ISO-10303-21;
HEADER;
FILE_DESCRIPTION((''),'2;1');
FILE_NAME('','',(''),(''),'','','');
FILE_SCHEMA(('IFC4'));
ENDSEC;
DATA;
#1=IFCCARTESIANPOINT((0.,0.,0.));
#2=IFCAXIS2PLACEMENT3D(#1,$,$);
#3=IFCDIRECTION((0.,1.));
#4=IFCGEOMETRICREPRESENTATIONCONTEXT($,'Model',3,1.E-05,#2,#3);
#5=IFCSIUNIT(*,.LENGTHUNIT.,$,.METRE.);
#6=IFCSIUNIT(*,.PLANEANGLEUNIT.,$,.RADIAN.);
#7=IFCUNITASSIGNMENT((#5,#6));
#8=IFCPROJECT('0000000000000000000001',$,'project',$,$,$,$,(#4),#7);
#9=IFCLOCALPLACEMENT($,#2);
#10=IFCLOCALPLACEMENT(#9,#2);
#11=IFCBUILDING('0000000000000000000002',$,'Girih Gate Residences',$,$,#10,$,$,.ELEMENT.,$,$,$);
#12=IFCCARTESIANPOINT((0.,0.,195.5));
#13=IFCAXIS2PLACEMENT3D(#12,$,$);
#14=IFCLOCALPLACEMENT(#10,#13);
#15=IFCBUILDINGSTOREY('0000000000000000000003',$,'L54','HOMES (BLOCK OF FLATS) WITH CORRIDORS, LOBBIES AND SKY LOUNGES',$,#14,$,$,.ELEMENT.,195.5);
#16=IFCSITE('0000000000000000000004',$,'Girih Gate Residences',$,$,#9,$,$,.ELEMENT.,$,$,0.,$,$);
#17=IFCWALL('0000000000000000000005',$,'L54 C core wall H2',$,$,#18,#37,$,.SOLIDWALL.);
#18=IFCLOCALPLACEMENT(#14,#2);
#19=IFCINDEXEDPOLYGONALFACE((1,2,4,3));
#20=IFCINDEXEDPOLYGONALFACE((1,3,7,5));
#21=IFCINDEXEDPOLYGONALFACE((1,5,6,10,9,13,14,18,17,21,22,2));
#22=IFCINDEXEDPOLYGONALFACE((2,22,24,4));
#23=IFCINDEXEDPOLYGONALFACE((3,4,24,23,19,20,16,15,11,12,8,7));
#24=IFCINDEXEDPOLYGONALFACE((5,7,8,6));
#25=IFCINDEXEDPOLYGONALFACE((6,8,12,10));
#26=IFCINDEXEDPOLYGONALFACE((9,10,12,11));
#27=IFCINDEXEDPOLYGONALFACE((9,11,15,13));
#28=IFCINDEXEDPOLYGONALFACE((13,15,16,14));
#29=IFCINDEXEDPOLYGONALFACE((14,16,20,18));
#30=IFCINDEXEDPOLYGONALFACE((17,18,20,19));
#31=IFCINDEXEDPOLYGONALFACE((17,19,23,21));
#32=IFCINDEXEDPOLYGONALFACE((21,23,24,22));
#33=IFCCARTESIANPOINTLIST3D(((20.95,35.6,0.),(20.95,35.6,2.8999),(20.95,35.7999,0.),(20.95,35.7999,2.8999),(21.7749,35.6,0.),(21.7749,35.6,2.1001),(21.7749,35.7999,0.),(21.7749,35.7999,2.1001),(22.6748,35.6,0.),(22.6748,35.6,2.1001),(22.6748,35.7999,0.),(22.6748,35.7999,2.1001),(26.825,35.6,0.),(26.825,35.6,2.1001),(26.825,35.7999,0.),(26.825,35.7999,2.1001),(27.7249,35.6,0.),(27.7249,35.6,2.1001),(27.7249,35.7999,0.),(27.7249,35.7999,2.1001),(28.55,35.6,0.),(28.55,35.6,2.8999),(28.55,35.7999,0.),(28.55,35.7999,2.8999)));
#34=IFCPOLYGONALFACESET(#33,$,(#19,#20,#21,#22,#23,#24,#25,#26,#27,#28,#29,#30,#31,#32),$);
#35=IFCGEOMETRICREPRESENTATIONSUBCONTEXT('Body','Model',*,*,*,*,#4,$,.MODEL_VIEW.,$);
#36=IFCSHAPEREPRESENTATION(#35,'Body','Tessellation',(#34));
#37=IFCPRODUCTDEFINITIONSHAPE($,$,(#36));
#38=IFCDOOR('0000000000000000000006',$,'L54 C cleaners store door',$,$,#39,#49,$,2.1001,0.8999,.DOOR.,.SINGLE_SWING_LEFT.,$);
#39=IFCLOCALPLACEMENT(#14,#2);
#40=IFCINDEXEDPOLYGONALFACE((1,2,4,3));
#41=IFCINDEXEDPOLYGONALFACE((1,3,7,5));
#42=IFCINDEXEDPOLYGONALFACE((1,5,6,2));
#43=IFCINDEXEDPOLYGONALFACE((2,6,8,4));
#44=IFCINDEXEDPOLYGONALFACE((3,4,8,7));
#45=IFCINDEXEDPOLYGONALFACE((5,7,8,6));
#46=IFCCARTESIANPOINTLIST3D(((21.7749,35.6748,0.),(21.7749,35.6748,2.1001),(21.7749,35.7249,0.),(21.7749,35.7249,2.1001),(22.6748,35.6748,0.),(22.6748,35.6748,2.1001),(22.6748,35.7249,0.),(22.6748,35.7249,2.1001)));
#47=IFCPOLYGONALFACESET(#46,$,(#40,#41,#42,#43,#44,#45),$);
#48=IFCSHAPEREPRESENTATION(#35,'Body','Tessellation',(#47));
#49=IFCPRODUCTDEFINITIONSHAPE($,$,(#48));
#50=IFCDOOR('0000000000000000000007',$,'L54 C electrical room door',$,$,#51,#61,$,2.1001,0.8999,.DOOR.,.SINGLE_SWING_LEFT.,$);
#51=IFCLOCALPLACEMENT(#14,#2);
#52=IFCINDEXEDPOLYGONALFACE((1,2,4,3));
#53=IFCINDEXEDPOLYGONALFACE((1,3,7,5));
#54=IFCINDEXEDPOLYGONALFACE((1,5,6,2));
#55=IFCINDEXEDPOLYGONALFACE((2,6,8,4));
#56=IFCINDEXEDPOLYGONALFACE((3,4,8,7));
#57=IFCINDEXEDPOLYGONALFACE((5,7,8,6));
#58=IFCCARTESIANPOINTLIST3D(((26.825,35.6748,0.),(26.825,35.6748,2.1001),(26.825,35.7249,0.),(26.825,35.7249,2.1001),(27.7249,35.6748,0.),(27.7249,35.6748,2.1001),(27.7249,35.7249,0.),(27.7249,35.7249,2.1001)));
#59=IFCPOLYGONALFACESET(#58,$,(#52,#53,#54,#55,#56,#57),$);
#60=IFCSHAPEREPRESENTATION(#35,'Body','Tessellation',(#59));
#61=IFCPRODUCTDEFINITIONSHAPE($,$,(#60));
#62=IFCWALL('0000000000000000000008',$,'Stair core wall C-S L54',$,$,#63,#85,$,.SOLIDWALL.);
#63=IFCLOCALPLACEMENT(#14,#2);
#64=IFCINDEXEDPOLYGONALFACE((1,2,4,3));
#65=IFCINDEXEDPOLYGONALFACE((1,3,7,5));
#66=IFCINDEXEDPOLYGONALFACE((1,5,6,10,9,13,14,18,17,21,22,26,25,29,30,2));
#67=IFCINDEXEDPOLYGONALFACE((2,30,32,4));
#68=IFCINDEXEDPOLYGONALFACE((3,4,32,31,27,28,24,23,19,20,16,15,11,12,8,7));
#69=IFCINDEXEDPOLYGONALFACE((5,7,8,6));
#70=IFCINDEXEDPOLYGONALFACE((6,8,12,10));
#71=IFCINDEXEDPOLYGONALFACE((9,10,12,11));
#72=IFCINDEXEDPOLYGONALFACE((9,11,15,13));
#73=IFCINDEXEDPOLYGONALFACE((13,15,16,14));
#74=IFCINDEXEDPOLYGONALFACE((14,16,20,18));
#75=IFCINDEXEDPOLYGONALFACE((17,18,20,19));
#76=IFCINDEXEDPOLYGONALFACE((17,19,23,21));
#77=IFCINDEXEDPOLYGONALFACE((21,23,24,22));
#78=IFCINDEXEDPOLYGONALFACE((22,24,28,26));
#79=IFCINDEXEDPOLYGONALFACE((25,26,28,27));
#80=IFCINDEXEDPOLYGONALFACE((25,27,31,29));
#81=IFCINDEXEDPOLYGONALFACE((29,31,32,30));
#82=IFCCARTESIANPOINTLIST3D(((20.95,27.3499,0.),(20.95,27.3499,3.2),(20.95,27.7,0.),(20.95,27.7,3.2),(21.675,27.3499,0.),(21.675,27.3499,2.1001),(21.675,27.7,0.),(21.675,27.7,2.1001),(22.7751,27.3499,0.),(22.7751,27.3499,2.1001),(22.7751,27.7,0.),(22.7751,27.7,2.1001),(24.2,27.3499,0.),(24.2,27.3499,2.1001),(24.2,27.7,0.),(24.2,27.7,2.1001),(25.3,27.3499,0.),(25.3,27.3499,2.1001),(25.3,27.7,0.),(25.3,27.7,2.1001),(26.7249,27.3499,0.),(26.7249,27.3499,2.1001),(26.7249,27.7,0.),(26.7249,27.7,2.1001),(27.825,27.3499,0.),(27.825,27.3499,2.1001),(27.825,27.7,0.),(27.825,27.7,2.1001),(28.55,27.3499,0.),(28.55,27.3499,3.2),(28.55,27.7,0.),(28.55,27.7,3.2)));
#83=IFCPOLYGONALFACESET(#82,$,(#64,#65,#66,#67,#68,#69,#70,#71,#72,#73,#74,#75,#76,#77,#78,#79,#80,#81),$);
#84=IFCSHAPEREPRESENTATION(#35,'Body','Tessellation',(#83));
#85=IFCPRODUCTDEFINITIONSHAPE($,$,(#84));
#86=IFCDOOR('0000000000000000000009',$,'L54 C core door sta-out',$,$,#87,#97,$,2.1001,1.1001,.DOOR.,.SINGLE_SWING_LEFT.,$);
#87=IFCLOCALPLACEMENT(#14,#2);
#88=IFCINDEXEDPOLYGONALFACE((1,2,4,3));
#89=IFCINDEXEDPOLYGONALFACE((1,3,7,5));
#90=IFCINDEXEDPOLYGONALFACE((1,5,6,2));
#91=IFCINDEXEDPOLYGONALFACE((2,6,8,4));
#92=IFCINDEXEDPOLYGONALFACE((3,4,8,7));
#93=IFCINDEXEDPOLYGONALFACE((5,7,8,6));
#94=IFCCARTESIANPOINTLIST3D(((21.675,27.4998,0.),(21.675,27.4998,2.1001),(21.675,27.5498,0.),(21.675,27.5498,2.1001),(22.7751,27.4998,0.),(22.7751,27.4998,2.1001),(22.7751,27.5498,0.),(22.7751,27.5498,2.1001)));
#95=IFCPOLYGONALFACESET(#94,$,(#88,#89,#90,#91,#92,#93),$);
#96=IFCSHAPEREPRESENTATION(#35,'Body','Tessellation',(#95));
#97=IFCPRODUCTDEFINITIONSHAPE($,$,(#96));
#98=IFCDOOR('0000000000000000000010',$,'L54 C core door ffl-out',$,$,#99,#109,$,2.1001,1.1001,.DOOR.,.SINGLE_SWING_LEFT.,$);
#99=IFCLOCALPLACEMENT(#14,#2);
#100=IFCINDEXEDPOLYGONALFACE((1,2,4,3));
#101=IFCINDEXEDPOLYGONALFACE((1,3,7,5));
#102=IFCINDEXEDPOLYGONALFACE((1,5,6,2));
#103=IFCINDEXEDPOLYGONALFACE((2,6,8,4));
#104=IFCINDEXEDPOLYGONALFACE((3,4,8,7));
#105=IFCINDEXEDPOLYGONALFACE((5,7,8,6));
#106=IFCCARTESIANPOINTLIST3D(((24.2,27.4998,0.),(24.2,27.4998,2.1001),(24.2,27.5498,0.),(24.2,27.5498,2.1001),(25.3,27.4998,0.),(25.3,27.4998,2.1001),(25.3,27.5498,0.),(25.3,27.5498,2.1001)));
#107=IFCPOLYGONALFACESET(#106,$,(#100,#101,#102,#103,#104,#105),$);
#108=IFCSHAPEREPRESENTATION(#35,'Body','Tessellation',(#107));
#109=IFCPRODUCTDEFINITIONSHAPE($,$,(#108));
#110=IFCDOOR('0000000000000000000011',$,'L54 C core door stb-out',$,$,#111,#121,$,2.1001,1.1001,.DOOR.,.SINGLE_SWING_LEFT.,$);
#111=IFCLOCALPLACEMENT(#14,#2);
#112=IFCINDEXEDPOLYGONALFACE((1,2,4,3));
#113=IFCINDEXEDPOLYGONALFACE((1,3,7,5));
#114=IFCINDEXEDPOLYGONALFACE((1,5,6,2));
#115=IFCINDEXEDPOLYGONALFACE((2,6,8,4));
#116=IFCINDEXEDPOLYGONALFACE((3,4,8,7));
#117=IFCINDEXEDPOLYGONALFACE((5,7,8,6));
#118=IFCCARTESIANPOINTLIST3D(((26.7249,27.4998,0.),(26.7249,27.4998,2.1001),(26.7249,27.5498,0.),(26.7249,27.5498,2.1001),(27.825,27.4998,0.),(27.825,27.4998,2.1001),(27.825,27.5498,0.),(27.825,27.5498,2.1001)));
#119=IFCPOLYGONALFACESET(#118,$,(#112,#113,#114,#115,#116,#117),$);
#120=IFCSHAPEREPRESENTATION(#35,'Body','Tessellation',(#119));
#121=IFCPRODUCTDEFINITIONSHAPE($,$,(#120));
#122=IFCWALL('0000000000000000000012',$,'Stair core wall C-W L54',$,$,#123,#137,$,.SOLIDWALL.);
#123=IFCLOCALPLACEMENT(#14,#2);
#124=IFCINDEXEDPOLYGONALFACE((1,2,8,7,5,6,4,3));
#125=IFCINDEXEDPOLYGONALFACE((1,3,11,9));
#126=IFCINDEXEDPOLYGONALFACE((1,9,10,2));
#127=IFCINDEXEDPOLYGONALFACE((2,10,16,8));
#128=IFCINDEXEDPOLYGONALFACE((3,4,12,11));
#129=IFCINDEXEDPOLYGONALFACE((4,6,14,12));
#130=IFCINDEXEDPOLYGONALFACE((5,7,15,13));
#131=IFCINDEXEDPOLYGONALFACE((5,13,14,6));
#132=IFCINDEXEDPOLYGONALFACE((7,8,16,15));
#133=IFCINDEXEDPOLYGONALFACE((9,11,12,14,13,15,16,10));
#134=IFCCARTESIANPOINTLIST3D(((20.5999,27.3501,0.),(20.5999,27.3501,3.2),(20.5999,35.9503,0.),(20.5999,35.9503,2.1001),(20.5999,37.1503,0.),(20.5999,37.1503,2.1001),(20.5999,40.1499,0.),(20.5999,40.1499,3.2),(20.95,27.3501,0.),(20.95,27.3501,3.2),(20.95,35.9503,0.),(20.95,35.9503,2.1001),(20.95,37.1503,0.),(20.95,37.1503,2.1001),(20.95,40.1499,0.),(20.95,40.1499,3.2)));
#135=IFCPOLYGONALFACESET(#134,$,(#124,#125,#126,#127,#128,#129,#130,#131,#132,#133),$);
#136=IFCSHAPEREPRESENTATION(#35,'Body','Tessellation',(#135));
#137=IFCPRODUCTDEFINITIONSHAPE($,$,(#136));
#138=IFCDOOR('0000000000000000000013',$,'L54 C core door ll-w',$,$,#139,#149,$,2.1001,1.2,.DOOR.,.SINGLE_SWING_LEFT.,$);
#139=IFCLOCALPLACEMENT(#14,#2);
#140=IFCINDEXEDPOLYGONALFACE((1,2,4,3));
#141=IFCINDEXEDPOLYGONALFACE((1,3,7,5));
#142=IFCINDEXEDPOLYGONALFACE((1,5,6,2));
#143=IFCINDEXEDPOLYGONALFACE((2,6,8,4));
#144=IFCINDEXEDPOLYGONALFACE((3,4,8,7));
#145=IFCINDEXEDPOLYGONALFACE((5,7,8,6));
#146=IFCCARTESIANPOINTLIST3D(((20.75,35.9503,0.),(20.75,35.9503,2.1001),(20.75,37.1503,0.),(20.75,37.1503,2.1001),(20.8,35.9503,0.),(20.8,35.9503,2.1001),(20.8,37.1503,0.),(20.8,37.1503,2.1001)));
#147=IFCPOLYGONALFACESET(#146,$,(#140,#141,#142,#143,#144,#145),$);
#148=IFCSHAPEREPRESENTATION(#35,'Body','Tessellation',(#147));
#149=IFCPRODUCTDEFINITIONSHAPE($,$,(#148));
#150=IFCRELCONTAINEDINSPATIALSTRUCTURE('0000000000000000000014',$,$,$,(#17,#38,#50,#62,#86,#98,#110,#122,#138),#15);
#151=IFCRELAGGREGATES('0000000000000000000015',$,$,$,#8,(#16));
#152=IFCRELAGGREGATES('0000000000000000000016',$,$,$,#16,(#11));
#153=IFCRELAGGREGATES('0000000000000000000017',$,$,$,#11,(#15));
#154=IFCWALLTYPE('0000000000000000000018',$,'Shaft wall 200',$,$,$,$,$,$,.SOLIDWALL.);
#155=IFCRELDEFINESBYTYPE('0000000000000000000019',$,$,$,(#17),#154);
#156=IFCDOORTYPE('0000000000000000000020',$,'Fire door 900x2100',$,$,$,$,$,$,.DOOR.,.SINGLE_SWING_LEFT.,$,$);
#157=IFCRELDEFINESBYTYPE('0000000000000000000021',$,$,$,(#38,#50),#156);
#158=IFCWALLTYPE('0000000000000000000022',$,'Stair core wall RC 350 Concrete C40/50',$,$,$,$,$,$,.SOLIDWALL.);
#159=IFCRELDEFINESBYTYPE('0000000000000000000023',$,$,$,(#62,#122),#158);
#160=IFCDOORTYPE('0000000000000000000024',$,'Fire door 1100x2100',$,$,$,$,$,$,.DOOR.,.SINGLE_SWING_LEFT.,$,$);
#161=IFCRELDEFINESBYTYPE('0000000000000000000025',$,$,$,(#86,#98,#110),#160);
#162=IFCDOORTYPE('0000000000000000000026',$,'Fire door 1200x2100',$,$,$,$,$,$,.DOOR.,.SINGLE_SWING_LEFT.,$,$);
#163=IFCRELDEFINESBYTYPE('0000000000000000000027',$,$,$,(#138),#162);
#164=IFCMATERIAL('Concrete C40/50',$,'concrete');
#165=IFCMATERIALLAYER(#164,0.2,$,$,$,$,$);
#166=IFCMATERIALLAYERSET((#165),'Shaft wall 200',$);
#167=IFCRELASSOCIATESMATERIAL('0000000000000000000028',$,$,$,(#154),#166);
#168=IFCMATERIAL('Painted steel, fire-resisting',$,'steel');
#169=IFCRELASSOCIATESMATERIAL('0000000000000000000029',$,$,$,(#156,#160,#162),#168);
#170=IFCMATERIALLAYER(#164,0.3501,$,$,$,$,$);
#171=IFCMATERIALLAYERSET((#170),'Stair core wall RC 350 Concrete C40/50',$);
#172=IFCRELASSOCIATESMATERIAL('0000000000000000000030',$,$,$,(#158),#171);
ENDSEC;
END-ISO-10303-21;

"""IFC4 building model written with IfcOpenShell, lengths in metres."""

from ifc_helpers import new_model, si_unit, direction, frame, frame_2d, origin, place, context, subcontext, project, spatial, rectangle, extrude, material, layer, layer_set, type_object, element, fill, save


model = new_model("IFC4")

# Units and contexts
model_context = context("Model", 3, precision=1e-05, world=origin(), true_north=direction((0.0, 1.0)))
body_context = subcontext(model_context, "Body", "Model", "MODEL_VIEW")
ifc_project = project(units=[si_unit("LENGTHUNIT", "METRE"), si_unit("PLANEANGLEUNIT", "RADIAN")], contexts=[model_context])

# Site, building, storey
site_placement = place(None, origin())
site = spatial("IfcSite", under=ifc_project, at=site_placement, Name="Girih Gate Residences", CompositionType="ELEMENT", RefElevation=0.0)
building_placement = place(site_placement, origin())
building = spatial("IfcBuilding", under=site, at=building_placement, Name="Girih Gate Residences", CompositionType="ELEMENT")
storey_placement = place(building_placement, frame((0.0, 0.0, 195.5)))
storey = spatial("IfcBuildingStorey", under=building, at=storey_placement, Name="L54", Description="HOMES (BLOCK OF FLATS) WITH CORRIDORS, LOBBIES AND SKY LOUNGES", CompositionType="ELEMENT", Elevation=195.5)

# Shared definitions
ifc_material_1 = material(Name="Concrete C40/50", Category="concrete")
ifc_layer_1 = layer(ifc_material_1, 0.2)
ifc_layer_set_1 = layer_set([ifc_layer_1], Name="Shaft wall 200")
wall_type_1 = type_object("IfcWallType", Name="Shaft wall 200", PredefinedType="SOLIDWALL", material=ifc_layer_set_1)
ifc_material_2 = material(Name="Painted steel, fire-resisting", Category="steel")
door_type_1 = type_object("IfcDoorType", Name="Fire door 900x2100", OperationType="SINGLE_SWING_LEFT", PredefinedType="DOOR", material=ifc_material_2)

# Walls, openings, doors
wall_1_placement = place(storey_placement, frame((20.95, 35.7, 0.0), z_axis=(0.0, 0.0, 1.0), x_axis=(1.0, 0.0, 0.0)))
wall_1 = element("IfcWall", 1, at=wall_1_placement, inside=storey, type_object=wall_type_1, Name="L54 C core wall H2", PredefinedType="SOLIDWALL", context=body_context, shape_type="SweptSolid", body=[
    extrude(rectangle(XDim=7.6001, YDim=0.2, at=frame_2d((3.8, 0.0))), origin(), (0.0, 0.0, 1.0), 2.8999),
])
opening_1_placement = place(wall_1_placement, frame((0.825, 0.0, 0.0)))
opening_1 = element("IfcOpeningElement", 2, at=opening_1_placement, cuts=wall_1, PredefinedType="OPENING", context=body_context, shape_type="SweptSolid", body=[
    extrude(rectangle(XDim=0.8999, YDim=2.1001, at=frame_2d((0.45, 1.05))), frame((0.0, 0.1099, 0.0), z_axis=(0.0, -1.0, 0.0), x_axis=(1.0, 0.0, 0.0)), (0.0, 0.0, 1.0), 0.22),
])
opening_2_placement = place(wall_1_placement, frame((5.875, 0.0, 0.0)))
opening_2 = element("IfcOpeningElement", 3, at=opening_2_placement, cuts=wall_1, PredefinedType="OPENING", context=body_context, shape_type="SweptSolid", body=[
    extrude(rectangle(XDim=0.8999, YDim=2.1001, at=frame_2d((0.45, 1.05))), frame((0.0, 0.1099, 0.0), z_axis=(0.0, -1.0, 0.0), x_axis=(1.0, 0.0, 0.0)), (0.0, 0.0, 1.0), 0.22),
])
door_1_placement = place(opening_1_placement, origin())
door_1 = element("IfcDoor", 4, at=door_1_placement, inside=storey, type_object=door_type_1, Name="L54 C cleaners store door", OperationType="SINGLE_SWING_LEFT", OverallHeight=2.1001, OverallWidth=0.8999, PredefinedType="DOOR", context=body_context, shape_type="SweptSolid", body=[
    extrude(rectangle(XDim=0.8999, YDim=2.1001, at=frame_2d((0.45, 1.05))), frame((0.0, 0.0249, 0.0), z_axis=(0.0, -1.0, 0.0), x_axis=(1.0, 0.0, 0.0)), (0.0, 0.0, 1.0), 0.05),
])
fill(opening_1, door_1)
door_2_placement = place(opening_2_placement, origin())
door_2 = element("IfcDoor", 5, at=door_2_placement, inside=storey, type_object=door_type_1, Name="L54 C electrical room door", OperationType="SINGLE_SWING_LEFT", OverallHeight=2.1001, OverallWidth=0.8999, PredefinedType="DOOR", context=body_context, shape_type="SweptSolid", body=[
    extrude(rectangle(XDim=0.8999, YDim=2.1001, at=frame_2d((0.45, 1.05))), frame((0.0, 0.0249, 0.0), z_axis=(0.0, -1.0, 0.0), x_axis=(1.0, 0.0, 0.0)), (0.0, 0.0, 1.0), 0.05),
])
fill(opening_2, door_2)
ifc_layer_2 = layer(ifc_material_1, 0.3501)
ifc_layer_set_2 = layer_set([ifc_layer_2], Name="Stair core wall RC 350 Concrete C40/50")
wall_type_2 = type_object("IfcWallType", Name="Stair core wall RC 350 Concrete C40/50", PredefinedType="SOLIDWALL", material=ifc_layer_set_2)
wall_2_placement = place(storey_placement, frame((20.95, 27.5249, 0.0), z_axis=(0.0, 0.0, 1.0), x_axis=(1.0, 0.0, 0.0)))
wall_2 = element("IfcWall", 6, at=wall_2_placement, inside=storey, type_object=wall_type_2, Name="Stair core wall C-S L54", PredefinedType="SOLIDWALL", context=body_context, shape_type="SweptSolid", body=[
    extrude(rectangle(XDim=7.6001, YDim=0.3501, at=frame_2d((3.8, 0.0))), origin(), (0.0, 0.0, 1.0), 3.2),
])
opening_3_placement = place(wall_2_placement, frame((0.7251, 0.0, 0.0)))
opening_3 = element("IfcOpeningElement", 7, at=opening_3_placement, cuts=wall_2, PredefinedType="OPENING", context=body_context, shape_type="SweptSolid", body=[
    extrude(rectangle(XDim=1.1001, YDim=2.1001, at=frame_2d((0.55, 1.05))), frame((0.0, 0.1851, 0.0), z_axis=(0.0, -1.0, 0.0), x_axis=(1.0, 0.0, 0.0)), (0.0, 0.0, 1.0), 0.3701),
])
opening_4_placement = place(wall_2_placement, frame((3.25, 0.0, 0.0)))
opening_4 = element("IfcOpeningElement", 8, at=opening_4_placement, cuts=wall_2, PredefinedType="OPENING", context=body_context, shape_type="SweptSolid", body=[
    extrude(rectangle(XDim=1.1001, YDim=2.1001, at=frame_2d((0.55, 1.05))), frame((0.0, 0.1851, 0.0), z_axis=(0.0, -1.0, 0.0), x_axis=(1.0, 0.0, 0.0)), (0.0, 0.0, 1.0), 0.3701),
])
opening_5_placement = place(wall_2_placement, frame((5.7749, 0.0, 0.0)))
opening_5 = element("IfcOpeningElement", 9, at=opening_5_placement, cuts=wall_2, PredefinedType="OPENING", context=body_context, shape_type="SweptSolid", body=[
    extrude(rectangle(XDim=1.1001, YDim=2.1001, at=frame_2d((0.55, 1.05))), frame((0.0, 0.1851, 0.0), z_axis=(0.0, -1.0, 0.0), x_axis=(1.0, 0.0, 0.0)), (0.0, 0.0, 1.0), 0.3701),
])
door_type_2 = type_object("IfcDoorType", Name="Fire door 1100x2100", OperationType="SINGLE_SWING_LEFT", PredefinedType="DOOR", material=ifc_material_2)
door_3_placement = place(opening_3_placement, origin())
door_3 = element("IfcDoor", 10, at=door_3_placement, inside=storey, type_object=door_type_2, Name="L54 C core door sta-out", OperationType="SINGLE_SWING_LEFT", OverallHeight=2.1001, OverallWidth=1.1001, PredefinedType="DOOR", context=body_context, shape_type="SweptSolid", body=[
    extrude(rectangle(XDim=1.1001, YDim=2.1001, at=frame_2d((0.55, 1.05))), frame((0.0, 0.0249, 0.0), z_axis=(0.0, -1.0, 0.0), x_axis=(1.0, 0.0, 0.0)), (0.0, 0.0, 1.0), 0.05),
])
fill(opening_3, door_3)
door_4_placement = place(opening_4_placement, origin())
door_4 = element("IfcDoor", 11, at=door_4_placement, inside=storey, type_object=door_type_2, Name="L54 C core door ffl-out", OperationType="SINGLE_SWING_LEFT", OverallHeight=2.1001, OverallWidth=1.1001, PredefinedType="DOOR", context=body_context, shape_type="SweptSolid", body=[
    extrude(rectangle(XDim=1.1001, YDim=2.1001, at=frame_2d((0.55, 1.05))), frame((0.0, 0.0249, 0.0), z_axis=(0.0, -1.0, 0.0), x_axis=(1.0, 0.0, 0.0)), (0.0, 0.0, 1.0), 0.05),
])
fill(opening_4, door_4)
door_5_placement = place(opening_5_placement, origin())
door_5 = element("IfcDoor", 12, at=door_5_placement, inside=storey, type_object=door_type_2, Name="L54 C core door stb-out", OperationType="SINGLE_SWING_LEFT", OverallHeight=2.1001, OverallWidth=1.1001, PredefinedType="DOOR", context=body_context, shape_type="SweptSolid", body=[
    extrude(rectangle(XDim=1.1001, YDim=2.1001, at=frame_2d((0.55, 1.05))), frame((0.0, 0.0249, 0.0), z_axis=(0.0, -1.0, 0.0), x_axis=(1.0, 0.0, 0.0)), (0.0, 0.0, 1.0), 0.05),
])
fill(opening_5, door_5)

# Wall, opening, door
wall_3_placement = place(storey_placement, frame((20.7749, 27.3501, 0.0), z_axis=(0.0, 0.0, 1.0), x_axis=(0.0, 1.0, 0.0)))
wall_3 = element("IfcWall", 13, at=wall_3_placement, inside=storey, type_object=wall_type_2, Name="Stair core wall C-W L54", PredefinedType="SOLIDWALL", context=body_context, shape_type="SweptSolid", body=[
    extrude(rectangle(XDim=12.7998, YDim=0.3501, at=frame_2d((6.3999, 0.0))), origin(), (0.0, 0.0, 1.0), 3.2),
])
opening_6_placement = place(wall_3_placement, frame((8.6001, 0.0, 0.0)))
opening_6 = element("IfcOpeningElement", 14, at=opening_6_placement, cuts=wall_3, PredefinedType="OPENING", context=body_context, shape_type="SweptSolid", body=[
    extrude(rectangle(XDim=1.2, YDim=2.1001, at=frame_2d((0.6001, 1.05))), frame((0.0, 0.1851, 0.0), z_axis=(0.0, -1.0, 0.0), x_axis=(1.0, 0.0, 0.0)), (0.0, 0.0, 1.0), 0.3701),
])
door_type_3 = type_object("IfcDoorType", Name="Fire door 1200x2100", OperationType="SINGLE_SWING_LEFT", PredefinedType="DOOR", material=ifc_material_2)
door_6_placement = place(opening_6_placement, origin())
door_6 = element("IfcDoor", 15, at=door_6_placement, inside=storey, type_object=door_type_3, Name="L54 C core door ll-w", OperationType="SINGLE_SWING_LEFT", OverallHeight=2.1001, OverallWidth=1.2, PredefinedType="DOOR", context=body_context, shape_type="SweptSolid", body=[
    extrude(rectangle(XDim=1.2, YDim=2.1001, at=frame_2d((0.6001, 1.05))), frame((0.0, 0.0249, 0.0), z_axis=(0.0, -1.0, 0.0), x_axis=(1.0, 0.0, 0.0)), (0.0, 0.0, 1.0), 0.05),
])
fill(opening_6, door_6)

save(model, "model.ifc")
